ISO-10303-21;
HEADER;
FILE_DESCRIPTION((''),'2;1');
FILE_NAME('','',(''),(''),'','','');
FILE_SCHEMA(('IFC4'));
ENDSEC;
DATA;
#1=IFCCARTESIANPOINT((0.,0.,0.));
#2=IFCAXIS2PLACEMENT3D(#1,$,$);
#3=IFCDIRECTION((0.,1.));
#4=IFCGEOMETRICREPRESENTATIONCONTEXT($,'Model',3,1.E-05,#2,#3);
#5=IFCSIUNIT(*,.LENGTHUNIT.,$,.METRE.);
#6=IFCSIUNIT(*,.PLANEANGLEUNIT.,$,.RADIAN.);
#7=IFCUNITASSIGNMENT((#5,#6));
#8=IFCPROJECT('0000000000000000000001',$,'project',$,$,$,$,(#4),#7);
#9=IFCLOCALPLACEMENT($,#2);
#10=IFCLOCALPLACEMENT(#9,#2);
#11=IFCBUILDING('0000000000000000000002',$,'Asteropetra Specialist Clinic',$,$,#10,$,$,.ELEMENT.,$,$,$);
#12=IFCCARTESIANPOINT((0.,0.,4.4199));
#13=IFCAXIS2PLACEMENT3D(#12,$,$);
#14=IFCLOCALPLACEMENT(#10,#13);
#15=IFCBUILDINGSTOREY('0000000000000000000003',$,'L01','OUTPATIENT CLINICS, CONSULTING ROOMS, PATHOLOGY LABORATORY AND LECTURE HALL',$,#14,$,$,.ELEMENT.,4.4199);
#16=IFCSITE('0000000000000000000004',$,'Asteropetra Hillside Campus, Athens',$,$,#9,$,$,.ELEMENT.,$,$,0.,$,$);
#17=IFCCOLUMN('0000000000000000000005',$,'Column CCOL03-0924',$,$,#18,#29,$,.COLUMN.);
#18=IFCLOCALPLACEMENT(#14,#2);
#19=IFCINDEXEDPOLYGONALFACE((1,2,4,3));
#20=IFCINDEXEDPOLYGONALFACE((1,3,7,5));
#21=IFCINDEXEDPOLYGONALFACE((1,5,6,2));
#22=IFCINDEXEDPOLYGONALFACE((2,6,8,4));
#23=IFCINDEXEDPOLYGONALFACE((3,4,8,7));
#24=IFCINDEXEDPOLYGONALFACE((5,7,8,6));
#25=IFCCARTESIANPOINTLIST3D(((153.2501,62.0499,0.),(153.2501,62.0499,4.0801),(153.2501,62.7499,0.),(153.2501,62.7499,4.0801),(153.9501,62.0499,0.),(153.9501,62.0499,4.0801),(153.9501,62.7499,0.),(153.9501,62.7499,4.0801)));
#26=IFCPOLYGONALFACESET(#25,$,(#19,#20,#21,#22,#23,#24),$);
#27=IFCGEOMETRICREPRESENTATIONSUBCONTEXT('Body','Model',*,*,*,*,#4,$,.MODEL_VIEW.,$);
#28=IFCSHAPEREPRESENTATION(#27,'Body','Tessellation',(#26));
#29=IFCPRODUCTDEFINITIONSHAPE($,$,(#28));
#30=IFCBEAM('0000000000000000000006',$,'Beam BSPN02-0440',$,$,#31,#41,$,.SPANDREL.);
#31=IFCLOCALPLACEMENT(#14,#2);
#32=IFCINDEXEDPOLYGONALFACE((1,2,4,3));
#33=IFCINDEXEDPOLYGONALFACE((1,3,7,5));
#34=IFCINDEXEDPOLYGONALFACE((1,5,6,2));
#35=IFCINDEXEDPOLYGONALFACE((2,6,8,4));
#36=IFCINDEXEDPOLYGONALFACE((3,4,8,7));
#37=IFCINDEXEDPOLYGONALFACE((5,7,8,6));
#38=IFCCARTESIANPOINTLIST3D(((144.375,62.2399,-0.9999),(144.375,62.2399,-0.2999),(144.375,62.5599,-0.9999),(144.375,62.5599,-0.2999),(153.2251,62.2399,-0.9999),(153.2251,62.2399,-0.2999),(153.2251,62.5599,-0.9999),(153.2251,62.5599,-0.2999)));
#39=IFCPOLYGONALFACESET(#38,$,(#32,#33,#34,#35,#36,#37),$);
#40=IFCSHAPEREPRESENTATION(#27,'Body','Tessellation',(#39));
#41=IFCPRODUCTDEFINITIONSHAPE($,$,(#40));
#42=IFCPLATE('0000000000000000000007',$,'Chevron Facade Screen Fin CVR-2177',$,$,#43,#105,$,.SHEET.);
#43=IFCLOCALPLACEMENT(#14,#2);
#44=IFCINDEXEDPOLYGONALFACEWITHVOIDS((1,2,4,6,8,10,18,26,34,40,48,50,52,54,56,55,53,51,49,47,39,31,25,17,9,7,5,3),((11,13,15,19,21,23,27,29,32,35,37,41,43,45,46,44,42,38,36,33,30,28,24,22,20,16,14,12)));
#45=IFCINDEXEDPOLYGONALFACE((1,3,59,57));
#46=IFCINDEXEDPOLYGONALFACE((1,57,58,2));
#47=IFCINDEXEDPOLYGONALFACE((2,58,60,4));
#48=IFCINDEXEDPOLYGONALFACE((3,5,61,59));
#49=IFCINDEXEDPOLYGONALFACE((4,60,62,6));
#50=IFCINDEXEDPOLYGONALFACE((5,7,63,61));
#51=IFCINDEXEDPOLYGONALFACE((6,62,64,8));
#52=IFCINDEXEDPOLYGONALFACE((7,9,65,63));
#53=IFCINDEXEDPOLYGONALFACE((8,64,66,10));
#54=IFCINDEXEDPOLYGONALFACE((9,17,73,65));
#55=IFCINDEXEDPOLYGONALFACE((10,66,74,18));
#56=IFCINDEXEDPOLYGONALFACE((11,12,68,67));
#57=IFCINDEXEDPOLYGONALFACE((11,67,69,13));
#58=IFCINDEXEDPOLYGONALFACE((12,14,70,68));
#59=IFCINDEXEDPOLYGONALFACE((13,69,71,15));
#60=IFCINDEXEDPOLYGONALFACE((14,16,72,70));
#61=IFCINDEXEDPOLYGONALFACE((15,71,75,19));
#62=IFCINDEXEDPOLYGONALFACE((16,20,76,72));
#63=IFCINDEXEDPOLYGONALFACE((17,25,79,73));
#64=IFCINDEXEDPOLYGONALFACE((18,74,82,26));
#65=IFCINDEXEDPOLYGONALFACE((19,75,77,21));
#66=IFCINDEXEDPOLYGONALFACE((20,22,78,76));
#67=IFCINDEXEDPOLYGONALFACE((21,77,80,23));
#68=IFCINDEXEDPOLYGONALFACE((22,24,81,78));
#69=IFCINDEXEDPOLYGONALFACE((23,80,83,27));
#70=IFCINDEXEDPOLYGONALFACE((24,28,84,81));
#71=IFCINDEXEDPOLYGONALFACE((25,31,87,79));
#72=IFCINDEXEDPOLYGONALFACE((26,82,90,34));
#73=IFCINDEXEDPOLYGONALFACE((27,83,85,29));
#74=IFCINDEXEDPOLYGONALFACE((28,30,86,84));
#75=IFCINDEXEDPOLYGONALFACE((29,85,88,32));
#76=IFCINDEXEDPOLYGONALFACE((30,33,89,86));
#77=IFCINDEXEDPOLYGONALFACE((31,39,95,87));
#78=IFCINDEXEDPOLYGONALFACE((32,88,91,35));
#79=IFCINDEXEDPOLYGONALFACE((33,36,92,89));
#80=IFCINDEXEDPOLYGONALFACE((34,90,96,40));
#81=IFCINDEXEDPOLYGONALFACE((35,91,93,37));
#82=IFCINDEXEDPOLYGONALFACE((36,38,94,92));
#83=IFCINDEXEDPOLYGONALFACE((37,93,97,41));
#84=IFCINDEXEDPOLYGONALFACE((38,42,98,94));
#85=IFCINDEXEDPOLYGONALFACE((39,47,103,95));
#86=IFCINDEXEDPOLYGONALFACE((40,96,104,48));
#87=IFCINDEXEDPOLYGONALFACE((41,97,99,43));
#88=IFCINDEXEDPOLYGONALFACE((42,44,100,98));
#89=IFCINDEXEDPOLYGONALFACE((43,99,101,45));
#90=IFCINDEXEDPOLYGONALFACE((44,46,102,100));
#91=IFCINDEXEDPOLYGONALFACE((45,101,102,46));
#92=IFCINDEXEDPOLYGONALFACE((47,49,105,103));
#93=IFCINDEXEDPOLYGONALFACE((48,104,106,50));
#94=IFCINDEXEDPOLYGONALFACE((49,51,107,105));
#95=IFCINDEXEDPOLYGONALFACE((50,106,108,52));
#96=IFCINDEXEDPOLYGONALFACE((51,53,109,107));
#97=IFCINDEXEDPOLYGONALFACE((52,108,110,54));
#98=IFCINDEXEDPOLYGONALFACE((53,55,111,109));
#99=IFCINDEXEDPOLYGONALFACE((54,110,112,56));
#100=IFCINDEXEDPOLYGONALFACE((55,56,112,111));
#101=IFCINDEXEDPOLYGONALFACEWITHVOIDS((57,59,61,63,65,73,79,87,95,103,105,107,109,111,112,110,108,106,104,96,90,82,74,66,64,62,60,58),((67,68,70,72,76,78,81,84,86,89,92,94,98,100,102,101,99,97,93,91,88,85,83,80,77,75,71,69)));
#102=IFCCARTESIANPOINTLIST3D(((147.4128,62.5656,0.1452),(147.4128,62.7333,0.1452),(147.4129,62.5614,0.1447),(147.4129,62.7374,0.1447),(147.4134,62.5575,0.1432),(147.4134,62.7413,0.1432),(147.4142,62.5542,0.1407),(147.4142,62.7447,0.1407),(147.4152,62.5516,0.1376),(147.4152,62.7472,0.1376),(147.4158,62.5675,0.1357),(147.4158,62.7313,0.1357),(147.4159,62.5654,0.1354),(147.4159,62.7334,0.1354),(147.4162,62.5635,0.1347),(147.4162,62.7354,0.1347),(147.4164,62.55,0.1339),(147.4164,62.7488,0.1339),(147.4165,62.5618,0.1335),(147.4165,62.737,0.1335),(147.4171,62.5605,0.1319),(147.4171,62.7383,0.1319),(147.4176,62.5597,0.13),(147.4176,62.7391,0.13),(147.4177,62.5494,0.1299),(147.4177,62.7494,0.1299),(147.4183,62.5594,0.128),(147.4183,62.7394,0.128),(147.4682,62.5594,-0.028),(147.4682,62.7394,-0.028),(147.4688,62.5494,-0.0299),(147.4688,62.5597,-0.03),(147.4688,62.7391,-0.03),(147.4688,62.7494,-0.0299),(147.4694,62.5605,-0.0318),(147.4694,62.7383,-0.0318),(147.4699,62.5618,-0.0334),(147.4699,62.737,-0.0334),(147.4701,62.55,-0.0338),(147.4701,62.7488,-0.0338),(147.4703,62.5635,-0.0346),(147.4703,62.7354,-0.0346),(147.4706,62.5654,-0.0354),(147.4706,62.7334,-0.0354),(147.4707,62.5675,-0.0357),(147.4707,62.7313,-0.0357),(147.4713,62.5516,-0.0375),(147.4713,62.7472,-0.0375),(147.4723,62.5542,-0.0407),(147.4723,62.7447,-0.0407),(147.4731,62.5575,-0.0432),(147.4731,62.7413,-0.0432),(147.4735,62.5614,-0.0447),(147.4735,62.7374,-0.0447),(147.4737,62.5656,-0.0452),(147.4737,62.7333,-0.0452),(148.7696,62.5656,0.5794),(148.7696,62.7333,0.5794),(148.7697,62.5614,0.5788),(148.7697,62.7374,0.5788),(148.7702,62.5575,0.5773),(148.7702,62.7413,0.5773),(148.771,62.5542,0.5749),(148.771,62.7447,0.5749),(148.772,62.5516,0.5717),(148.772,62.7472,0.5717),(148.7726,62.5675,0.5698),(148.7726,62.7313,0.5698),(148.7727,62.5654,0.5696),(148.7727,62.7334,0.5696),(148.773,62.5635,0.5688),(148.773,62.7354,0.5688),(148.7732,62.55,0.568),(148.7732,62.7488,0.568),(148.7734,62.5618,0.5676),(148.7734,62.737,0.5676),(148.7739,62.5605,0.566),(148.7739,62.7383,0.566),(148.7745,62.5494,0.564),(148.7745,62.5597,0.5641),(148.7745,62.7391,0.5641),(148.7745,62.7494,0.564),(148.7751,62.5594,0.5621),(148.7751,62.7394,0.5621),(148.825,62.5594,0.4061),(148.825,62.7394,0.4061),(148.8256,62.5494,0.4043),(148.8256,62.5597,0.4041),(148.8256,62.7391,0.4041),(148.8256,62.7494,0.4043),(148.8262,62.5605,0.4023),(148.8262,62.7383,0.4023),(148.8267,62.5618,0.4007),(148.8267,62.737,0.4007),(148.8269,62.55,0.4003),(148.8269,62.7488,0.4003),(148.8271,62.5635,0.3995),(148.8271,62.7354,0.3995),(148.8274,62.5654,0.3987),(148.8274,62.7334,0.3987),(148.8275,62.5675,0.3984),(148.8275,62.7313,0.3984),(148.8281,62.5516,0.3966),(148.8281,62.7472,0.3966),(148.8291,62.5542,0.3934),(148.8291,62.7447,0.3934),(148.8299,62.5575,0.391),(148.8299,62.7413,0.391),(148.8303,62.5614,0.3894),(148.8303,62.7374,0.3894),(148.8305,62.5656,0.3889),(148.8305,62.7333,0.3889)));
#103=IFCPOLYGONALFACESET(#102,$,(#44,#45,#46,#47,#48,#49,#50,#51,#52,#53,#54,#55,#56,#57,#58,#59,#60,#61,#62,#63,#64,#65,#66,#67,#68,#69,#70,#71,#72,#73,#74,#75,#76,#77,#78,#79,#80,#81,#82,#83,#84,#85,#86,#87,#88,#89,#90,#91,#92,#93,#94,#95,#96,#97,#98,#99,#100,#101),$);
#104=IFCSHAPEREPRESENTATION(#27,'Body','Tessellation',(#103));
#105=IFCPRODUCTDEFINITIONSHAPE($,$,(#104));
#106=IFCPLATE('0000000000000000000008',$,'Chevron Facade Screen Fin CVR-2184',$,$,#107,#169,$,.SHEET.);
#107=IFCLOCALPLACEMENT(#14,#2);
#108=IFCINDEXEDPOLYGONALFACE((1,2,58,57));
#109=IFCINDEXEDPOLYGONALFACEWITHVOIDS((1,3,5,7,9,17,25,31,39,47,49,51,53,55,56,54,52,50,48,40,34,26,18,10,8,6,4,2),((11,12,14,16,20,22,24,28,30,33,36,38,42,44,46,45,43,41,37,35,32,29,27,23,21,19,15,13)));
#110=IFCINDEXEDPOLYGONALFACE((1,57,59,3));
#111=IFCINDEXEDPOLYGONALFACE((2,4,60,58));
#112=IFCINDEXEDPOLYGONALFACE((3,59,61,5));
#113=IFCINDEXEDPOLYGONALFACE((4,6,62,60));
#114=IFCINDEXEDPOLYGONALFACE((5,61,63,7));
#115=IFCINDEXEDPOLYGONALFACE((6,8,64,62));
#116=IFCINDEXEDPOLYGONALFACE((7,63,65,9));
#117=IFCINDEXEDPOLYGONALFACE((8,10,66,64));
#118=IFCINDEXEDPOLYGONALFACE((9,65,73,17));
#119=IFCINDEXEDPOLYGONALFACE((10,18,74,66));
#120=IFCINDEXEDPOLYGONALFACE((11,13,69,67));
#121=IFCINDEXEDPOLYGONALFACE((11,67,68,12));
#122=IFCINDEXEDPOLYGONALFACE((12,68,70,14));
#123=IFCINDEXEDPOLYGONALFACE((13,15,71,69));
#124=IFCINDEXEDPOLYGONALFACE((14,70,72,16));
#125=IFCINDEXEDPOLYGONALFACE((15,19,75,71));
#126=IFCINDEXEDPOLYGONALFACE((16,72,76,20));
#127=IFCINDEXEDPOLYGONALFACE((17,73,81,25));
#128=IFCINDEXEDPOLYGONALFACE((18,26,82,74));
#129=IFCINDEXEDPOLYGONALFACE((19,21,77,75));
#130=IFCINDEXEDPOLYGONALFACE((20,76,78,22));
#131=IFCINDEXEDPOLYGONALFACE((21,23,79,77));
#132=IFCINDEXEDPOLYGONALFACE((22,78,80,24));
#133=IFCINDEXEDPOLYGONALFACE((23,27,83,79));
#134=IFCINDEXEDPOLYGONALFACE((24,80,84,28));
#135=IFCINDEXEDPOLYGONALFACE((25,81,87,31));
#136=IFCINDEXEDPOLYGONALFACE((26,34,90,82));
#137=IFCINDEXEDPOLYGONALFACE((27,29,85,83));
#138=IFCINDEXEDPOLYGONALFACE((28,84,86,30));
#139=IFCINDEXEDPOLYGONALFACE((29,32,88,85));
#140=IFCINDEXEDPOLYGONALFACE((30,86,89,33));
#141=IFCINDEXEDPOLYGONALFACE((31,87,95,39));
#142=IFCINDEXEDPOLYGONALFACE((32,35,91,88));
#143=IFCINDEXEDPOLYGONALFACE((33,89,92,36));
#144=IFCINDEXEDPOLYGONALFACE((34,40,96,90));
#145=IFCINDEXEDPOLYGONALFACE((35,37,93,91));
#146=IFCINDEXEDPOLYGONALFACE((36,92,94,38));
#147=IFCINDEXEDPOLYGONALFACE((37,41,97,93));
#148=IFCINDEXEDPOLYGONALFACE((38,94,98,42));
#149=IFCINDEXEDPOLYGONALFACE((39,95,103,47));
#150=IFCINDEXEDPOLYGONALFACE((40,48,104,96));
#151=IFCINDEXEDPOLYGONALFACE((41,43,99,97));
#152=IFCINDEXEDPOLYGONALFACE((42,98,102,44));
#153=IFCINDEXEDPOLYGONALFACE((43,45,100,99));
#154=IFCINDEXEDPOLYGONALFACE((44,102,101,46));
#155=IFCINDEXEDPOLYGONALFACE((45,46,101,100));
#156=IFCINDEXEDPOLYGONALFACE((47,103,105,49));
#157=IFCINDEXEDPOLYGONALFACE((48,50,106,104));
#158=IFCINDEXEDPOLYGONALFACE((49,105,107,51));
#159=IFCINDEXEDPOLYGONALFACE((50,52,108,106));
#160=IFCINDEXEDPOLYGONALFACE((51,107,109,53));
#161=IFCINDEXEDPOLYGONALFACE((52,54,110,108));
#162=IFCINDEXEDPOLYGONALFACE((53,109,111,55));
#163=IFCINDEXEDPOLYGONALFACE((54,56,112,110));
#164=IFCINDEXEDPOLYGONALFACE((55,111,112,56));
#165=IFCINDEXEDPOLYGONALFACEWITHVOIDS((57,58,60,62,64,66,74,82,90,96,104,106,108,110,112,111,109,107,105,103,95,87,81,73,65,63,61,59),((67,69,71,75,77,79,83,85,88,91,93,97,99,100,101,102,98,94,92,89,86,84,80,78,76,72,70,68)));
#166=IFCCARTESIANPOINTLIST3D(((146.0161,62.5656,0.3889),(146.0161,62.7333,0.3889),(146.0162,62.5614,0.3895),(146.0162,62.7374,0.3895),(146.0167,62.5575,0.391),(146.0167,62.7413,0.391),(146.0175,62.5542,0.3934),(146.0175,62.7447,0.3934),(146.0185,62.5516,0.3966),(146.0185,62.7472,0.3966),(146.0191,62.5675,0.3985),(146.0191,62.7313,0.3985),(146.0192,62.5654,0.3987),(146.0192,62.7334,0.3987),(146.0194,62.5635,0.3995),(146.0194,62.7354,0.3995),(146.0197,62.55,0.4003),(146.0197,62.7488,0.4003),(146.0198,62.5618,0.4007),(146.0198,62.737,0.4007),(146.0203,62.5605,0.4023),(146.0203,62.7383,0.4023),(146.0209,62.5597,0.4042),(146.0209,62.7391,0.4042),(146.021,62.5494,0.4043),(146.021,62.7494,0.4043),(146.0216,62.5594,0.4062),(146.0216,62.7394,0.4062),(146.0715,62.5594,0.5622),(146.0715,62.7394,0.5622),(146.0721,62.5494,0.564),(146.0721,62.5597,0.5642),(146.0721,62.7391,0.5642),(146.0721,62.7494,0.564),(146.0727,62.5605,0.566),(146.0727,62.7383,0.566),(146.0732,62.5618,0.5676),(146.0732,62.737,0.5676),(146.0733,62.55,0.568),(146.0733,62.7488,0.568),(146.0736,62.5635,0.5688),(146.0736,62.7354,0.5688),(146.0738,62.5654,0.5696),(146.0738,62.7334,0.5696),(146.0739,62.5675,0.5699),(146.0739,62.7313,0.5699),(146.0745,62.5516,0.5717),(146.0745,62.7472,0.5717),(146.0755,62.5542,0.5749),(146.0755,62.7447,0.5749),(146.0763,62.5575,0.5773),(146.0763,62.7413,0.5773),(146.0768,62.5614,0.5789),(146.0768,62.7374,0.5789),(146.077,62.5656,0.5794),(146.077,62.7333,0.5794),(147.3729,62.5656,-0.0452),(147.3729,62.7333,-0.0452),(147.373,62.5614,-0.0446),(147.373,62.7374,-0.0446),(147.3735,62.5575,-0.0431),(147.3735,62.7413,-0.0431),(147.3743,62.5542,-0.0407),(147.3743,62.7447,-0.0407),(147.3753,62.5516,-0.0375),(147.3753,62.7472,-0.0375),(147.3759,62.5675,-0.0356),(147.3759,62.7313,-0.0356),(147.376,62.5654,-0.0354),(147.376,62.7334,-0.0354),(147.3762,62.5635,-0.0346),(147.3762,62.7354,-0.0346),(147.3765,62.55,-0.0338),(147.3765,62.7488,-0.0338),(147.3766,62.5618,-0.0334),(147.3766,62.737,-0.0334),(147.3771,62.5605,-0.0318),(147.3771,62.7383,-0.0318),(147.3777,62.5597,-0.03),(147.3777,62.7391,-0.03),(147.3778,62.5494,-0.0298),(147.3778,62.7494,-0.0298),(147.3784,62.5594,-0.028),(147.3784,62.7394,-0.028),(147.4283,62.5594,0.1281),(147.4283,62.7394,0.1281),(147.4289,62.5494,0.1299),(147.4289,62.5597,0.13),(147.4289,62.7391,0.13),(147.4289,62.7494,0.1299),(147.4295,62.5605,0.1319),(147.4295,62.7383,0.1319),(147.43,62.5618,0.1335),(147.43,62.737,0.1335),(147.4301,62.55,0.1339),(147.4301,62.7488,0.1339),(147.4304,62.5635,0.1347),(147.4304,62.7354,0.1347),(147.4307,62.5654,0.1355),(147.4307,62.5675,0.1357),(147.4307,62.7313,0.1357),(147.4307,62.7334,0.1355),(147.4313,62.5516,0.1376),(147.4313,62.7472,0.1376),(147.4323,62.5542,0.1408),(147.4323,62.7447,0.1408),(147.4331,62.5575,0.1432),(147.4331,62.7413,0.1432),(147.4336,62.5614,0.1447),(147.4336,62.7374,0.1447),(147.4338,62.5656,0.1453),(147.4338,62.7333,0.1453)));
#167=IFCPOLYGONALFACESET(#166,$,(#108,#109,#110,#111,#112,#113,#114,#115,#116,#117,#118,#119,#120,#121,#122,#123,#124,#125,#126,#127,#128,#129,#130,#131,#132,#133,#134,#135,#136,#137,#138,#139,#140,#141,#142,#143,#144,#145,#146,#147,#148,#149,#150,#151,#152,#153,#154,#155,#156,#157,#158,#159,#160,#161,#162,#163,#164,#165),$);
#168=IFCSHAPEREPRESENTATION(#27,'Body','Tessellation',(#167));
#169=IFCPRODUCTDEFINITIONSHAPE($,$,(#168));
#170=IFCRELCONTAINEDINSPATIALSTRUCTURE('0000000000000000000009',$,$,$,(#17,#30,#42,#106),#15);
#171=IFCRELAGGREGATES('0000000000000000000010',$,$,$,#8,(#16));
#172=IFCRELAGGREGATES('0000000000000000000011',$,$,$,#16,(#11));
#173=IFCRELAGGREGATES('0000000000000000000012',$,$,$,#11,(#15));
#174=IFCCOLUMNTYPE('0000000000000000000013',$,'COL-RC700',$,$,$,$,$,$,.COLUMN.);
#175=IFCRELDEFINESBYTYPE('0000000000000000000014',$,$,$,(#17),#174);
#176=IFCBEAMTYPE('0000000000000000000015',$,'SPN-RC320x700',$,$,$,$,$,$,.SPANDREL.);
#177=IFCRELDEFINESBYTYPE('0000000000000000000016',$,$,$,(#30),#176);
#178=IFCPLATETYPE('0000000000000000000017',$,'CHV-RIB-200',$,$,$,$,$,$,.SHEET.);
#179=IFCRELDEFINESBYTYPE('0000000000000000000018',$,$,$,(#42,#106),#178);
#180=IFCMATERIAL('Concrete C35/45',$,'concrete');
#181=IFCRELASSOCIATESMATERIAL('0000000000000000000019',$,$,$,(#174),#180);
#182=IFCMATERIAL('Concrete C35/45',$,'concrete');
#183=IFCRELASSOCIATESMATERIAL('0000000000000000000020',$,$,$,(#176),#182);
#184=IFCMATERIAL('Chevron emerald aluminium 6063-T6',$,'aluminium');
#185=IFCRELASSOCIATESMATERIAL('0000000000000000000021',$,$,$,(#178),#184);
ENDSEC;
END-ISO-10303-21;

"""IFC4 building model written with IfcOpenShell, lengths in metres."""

from ifc_helpers import new_model, si_unit, direction, frame, origin, origin_2d, place, context, subcontext, project, spatial, rectangle, hollow_rectangle, extrude, material, material_profile, profile_set, type_object, element, save


model = new_model("IFC4")

# Units and contexts
model_context = context("Model", 3, precision=1e-05, world=origin(), true_north=direction((0.0, 1.0)))
body_context = subcontext(model_context, "Body", "Model", "MODEL_VIEW")
ifc_project = project(units=[si_unit("LENGTHUNIT", "METRE"), si_unit("PLANEANGLEUNIT", "RADIAN")], contexts=[model_context])

# Site, building, storey
site_placement = place(None, origin())
site = spatial("IfcSite", under=ifc_project, at=site_placement, Name="Asteropetra Hillside Campus, Athens", CompositionType="ELEMENT", RefElevation=0.0)
building_placement = place(site_placement, origin())
building = spatial("IfcBuilding", under=site, at=building_placement, Name="Asteropetra Specialist Clinic", CompositionType="ELEMENT")
storey_placement = place(building_placement, frame((0.0, 0.0, 4.4199)))
storey = spatial("IfcBuildingStorey", under=building, at=storey_placement, Name="L01", Description="OUTPATIENT CLINICS, CONSULTING ROOMS, PATHOLOGY LABORATORY AND LECTURE HALL", CompositionType="ELEMENT", Elevation=4.4199)

# Column
ifc_material_1 = material(Name="Concrete C35/45", Category="concrete")
ifc_material_profile_1 = material_profile(ifc_material_1, rectangle(XDim=0.7, YDim=0.7, at=origin_2d()), Name="RC 700x700")
ifc_profile_set_1 = profile_set([ifc_material_profile_1], Name="Concrete C35/45")
column_type = type_object("IfcColumnType", Name="COL-RC700", PredefinedType="COLUMN", material=ifc_profile_set_1)
column_placement = place(storey_placement, frame((153.6001, 62.3999, 0.0), z_axis=(0.0, 0.0, 1.0), x_axis=(1.0, 0.0, 0.0)))
element("IfcColumn", 1, at=column_placement, inside=storey, type_object=column_type, Name="Column CCOL03-0924", PredefinedType="COLUMN", context=body_context, shape_type="SweptSolid", body=[
    extrude(rectangle(XDim=0.7, YDim=0.7, at=origin_2d()), origin(), (0.0, 0.0, 1.0), 4.0801),
])

# Beam
ifc_material_2 = material(Name="Concrete C35/45", Category="concrete")
ifc_material_profile_2 = material_profile(ifc_material_2, rectangle(XDim=0.3201, YDim=0.7, at=origin_2d()), Name="RCS 320x700")
ifc_profile_set_2 = profile_set([ifc_material_profile_2], Name="Concrete C35/45")
beam_type = type_object("IfcBeamType", Name="SPN-RC320x700", PredefinedType="SPANDREL", material=ifc_profile_set_2)
beam_placement = place(storey_placement, frame((144.375, 62.3999, -0.6499), z_axis=(1.0, 0.0, 0.0), x_axis=(0.0, 1.0, 0.0)))
element("IfcBeam", 2, at=beam_placement, inside=storey, type_object=beam_type, Name="Beam BSPN02-0440", PredefinedType="SPANDREL", context=body_context, shape_type="SweptSolid", body=[
    extrude(rectangle(XDim=0.3201, YDim=0.7, at=origin_2d()), origin(), (0.0, 0.0, 1.0), 8.8501),
])

# Plates
ifc_material_3 = material(Name="Chevron emerald aluminium 6063-T6", Category="aluminium")
ifc_material_profile_3 = material_profile(ifc_material_3, hollow_rectangle(XDim=0.2, YDim=0.2, WallThickness=0.01, InnerFilletRadius=0.0081, OuterFilletRadius=0.0161, at=origin_2d()), Name="SHS 200x200x10.0")
ifc_profile_set_3 = profile_set([ifc_material_profile_3], Name="Chevron emerald aluminium 6063-T6")
plate_type = type_object("IfcPlateType", Name="CHV-RIB-200", PredefinedType="SHEET", material=ifc_profile_set_3)
for number, where, z_axis, x_axis, name in (
    (3, (148.8, 62.6494, 0.4841), (-0.952436, 0.0, -0.304738), (0.0, -1.0, 0.0), "Chevron Facade Screen Fin CVR-2177"),
    (4, (147.4033, 62.6494, 0.05), (-0.952436, 0.0, 0.304738), (0.0, -1.0, 0.0), "Chevron Facade Screen Fin CVR-2184"),
):
    element("IfcPlate", number, at=place(storey_placement, frame(where, z_axis=z_axis, x_axis=x_axis)), inside=storey, type_object=plate_type, Name=name, PredefinedType="SHEET", context=body_context, shape_type="SweptSolid", body=[
        extrude(hollow_rectangle(XDim=0.2, YDim=0.2, WallThickness=0.01, InnerFilletRadius=0.0081, OuterFilletRadius=0.0161, at=origin_2d()), origin(), (0.0, 0.0, 1.0), 1.4246),
    ])

save(model, "model.ifc")
